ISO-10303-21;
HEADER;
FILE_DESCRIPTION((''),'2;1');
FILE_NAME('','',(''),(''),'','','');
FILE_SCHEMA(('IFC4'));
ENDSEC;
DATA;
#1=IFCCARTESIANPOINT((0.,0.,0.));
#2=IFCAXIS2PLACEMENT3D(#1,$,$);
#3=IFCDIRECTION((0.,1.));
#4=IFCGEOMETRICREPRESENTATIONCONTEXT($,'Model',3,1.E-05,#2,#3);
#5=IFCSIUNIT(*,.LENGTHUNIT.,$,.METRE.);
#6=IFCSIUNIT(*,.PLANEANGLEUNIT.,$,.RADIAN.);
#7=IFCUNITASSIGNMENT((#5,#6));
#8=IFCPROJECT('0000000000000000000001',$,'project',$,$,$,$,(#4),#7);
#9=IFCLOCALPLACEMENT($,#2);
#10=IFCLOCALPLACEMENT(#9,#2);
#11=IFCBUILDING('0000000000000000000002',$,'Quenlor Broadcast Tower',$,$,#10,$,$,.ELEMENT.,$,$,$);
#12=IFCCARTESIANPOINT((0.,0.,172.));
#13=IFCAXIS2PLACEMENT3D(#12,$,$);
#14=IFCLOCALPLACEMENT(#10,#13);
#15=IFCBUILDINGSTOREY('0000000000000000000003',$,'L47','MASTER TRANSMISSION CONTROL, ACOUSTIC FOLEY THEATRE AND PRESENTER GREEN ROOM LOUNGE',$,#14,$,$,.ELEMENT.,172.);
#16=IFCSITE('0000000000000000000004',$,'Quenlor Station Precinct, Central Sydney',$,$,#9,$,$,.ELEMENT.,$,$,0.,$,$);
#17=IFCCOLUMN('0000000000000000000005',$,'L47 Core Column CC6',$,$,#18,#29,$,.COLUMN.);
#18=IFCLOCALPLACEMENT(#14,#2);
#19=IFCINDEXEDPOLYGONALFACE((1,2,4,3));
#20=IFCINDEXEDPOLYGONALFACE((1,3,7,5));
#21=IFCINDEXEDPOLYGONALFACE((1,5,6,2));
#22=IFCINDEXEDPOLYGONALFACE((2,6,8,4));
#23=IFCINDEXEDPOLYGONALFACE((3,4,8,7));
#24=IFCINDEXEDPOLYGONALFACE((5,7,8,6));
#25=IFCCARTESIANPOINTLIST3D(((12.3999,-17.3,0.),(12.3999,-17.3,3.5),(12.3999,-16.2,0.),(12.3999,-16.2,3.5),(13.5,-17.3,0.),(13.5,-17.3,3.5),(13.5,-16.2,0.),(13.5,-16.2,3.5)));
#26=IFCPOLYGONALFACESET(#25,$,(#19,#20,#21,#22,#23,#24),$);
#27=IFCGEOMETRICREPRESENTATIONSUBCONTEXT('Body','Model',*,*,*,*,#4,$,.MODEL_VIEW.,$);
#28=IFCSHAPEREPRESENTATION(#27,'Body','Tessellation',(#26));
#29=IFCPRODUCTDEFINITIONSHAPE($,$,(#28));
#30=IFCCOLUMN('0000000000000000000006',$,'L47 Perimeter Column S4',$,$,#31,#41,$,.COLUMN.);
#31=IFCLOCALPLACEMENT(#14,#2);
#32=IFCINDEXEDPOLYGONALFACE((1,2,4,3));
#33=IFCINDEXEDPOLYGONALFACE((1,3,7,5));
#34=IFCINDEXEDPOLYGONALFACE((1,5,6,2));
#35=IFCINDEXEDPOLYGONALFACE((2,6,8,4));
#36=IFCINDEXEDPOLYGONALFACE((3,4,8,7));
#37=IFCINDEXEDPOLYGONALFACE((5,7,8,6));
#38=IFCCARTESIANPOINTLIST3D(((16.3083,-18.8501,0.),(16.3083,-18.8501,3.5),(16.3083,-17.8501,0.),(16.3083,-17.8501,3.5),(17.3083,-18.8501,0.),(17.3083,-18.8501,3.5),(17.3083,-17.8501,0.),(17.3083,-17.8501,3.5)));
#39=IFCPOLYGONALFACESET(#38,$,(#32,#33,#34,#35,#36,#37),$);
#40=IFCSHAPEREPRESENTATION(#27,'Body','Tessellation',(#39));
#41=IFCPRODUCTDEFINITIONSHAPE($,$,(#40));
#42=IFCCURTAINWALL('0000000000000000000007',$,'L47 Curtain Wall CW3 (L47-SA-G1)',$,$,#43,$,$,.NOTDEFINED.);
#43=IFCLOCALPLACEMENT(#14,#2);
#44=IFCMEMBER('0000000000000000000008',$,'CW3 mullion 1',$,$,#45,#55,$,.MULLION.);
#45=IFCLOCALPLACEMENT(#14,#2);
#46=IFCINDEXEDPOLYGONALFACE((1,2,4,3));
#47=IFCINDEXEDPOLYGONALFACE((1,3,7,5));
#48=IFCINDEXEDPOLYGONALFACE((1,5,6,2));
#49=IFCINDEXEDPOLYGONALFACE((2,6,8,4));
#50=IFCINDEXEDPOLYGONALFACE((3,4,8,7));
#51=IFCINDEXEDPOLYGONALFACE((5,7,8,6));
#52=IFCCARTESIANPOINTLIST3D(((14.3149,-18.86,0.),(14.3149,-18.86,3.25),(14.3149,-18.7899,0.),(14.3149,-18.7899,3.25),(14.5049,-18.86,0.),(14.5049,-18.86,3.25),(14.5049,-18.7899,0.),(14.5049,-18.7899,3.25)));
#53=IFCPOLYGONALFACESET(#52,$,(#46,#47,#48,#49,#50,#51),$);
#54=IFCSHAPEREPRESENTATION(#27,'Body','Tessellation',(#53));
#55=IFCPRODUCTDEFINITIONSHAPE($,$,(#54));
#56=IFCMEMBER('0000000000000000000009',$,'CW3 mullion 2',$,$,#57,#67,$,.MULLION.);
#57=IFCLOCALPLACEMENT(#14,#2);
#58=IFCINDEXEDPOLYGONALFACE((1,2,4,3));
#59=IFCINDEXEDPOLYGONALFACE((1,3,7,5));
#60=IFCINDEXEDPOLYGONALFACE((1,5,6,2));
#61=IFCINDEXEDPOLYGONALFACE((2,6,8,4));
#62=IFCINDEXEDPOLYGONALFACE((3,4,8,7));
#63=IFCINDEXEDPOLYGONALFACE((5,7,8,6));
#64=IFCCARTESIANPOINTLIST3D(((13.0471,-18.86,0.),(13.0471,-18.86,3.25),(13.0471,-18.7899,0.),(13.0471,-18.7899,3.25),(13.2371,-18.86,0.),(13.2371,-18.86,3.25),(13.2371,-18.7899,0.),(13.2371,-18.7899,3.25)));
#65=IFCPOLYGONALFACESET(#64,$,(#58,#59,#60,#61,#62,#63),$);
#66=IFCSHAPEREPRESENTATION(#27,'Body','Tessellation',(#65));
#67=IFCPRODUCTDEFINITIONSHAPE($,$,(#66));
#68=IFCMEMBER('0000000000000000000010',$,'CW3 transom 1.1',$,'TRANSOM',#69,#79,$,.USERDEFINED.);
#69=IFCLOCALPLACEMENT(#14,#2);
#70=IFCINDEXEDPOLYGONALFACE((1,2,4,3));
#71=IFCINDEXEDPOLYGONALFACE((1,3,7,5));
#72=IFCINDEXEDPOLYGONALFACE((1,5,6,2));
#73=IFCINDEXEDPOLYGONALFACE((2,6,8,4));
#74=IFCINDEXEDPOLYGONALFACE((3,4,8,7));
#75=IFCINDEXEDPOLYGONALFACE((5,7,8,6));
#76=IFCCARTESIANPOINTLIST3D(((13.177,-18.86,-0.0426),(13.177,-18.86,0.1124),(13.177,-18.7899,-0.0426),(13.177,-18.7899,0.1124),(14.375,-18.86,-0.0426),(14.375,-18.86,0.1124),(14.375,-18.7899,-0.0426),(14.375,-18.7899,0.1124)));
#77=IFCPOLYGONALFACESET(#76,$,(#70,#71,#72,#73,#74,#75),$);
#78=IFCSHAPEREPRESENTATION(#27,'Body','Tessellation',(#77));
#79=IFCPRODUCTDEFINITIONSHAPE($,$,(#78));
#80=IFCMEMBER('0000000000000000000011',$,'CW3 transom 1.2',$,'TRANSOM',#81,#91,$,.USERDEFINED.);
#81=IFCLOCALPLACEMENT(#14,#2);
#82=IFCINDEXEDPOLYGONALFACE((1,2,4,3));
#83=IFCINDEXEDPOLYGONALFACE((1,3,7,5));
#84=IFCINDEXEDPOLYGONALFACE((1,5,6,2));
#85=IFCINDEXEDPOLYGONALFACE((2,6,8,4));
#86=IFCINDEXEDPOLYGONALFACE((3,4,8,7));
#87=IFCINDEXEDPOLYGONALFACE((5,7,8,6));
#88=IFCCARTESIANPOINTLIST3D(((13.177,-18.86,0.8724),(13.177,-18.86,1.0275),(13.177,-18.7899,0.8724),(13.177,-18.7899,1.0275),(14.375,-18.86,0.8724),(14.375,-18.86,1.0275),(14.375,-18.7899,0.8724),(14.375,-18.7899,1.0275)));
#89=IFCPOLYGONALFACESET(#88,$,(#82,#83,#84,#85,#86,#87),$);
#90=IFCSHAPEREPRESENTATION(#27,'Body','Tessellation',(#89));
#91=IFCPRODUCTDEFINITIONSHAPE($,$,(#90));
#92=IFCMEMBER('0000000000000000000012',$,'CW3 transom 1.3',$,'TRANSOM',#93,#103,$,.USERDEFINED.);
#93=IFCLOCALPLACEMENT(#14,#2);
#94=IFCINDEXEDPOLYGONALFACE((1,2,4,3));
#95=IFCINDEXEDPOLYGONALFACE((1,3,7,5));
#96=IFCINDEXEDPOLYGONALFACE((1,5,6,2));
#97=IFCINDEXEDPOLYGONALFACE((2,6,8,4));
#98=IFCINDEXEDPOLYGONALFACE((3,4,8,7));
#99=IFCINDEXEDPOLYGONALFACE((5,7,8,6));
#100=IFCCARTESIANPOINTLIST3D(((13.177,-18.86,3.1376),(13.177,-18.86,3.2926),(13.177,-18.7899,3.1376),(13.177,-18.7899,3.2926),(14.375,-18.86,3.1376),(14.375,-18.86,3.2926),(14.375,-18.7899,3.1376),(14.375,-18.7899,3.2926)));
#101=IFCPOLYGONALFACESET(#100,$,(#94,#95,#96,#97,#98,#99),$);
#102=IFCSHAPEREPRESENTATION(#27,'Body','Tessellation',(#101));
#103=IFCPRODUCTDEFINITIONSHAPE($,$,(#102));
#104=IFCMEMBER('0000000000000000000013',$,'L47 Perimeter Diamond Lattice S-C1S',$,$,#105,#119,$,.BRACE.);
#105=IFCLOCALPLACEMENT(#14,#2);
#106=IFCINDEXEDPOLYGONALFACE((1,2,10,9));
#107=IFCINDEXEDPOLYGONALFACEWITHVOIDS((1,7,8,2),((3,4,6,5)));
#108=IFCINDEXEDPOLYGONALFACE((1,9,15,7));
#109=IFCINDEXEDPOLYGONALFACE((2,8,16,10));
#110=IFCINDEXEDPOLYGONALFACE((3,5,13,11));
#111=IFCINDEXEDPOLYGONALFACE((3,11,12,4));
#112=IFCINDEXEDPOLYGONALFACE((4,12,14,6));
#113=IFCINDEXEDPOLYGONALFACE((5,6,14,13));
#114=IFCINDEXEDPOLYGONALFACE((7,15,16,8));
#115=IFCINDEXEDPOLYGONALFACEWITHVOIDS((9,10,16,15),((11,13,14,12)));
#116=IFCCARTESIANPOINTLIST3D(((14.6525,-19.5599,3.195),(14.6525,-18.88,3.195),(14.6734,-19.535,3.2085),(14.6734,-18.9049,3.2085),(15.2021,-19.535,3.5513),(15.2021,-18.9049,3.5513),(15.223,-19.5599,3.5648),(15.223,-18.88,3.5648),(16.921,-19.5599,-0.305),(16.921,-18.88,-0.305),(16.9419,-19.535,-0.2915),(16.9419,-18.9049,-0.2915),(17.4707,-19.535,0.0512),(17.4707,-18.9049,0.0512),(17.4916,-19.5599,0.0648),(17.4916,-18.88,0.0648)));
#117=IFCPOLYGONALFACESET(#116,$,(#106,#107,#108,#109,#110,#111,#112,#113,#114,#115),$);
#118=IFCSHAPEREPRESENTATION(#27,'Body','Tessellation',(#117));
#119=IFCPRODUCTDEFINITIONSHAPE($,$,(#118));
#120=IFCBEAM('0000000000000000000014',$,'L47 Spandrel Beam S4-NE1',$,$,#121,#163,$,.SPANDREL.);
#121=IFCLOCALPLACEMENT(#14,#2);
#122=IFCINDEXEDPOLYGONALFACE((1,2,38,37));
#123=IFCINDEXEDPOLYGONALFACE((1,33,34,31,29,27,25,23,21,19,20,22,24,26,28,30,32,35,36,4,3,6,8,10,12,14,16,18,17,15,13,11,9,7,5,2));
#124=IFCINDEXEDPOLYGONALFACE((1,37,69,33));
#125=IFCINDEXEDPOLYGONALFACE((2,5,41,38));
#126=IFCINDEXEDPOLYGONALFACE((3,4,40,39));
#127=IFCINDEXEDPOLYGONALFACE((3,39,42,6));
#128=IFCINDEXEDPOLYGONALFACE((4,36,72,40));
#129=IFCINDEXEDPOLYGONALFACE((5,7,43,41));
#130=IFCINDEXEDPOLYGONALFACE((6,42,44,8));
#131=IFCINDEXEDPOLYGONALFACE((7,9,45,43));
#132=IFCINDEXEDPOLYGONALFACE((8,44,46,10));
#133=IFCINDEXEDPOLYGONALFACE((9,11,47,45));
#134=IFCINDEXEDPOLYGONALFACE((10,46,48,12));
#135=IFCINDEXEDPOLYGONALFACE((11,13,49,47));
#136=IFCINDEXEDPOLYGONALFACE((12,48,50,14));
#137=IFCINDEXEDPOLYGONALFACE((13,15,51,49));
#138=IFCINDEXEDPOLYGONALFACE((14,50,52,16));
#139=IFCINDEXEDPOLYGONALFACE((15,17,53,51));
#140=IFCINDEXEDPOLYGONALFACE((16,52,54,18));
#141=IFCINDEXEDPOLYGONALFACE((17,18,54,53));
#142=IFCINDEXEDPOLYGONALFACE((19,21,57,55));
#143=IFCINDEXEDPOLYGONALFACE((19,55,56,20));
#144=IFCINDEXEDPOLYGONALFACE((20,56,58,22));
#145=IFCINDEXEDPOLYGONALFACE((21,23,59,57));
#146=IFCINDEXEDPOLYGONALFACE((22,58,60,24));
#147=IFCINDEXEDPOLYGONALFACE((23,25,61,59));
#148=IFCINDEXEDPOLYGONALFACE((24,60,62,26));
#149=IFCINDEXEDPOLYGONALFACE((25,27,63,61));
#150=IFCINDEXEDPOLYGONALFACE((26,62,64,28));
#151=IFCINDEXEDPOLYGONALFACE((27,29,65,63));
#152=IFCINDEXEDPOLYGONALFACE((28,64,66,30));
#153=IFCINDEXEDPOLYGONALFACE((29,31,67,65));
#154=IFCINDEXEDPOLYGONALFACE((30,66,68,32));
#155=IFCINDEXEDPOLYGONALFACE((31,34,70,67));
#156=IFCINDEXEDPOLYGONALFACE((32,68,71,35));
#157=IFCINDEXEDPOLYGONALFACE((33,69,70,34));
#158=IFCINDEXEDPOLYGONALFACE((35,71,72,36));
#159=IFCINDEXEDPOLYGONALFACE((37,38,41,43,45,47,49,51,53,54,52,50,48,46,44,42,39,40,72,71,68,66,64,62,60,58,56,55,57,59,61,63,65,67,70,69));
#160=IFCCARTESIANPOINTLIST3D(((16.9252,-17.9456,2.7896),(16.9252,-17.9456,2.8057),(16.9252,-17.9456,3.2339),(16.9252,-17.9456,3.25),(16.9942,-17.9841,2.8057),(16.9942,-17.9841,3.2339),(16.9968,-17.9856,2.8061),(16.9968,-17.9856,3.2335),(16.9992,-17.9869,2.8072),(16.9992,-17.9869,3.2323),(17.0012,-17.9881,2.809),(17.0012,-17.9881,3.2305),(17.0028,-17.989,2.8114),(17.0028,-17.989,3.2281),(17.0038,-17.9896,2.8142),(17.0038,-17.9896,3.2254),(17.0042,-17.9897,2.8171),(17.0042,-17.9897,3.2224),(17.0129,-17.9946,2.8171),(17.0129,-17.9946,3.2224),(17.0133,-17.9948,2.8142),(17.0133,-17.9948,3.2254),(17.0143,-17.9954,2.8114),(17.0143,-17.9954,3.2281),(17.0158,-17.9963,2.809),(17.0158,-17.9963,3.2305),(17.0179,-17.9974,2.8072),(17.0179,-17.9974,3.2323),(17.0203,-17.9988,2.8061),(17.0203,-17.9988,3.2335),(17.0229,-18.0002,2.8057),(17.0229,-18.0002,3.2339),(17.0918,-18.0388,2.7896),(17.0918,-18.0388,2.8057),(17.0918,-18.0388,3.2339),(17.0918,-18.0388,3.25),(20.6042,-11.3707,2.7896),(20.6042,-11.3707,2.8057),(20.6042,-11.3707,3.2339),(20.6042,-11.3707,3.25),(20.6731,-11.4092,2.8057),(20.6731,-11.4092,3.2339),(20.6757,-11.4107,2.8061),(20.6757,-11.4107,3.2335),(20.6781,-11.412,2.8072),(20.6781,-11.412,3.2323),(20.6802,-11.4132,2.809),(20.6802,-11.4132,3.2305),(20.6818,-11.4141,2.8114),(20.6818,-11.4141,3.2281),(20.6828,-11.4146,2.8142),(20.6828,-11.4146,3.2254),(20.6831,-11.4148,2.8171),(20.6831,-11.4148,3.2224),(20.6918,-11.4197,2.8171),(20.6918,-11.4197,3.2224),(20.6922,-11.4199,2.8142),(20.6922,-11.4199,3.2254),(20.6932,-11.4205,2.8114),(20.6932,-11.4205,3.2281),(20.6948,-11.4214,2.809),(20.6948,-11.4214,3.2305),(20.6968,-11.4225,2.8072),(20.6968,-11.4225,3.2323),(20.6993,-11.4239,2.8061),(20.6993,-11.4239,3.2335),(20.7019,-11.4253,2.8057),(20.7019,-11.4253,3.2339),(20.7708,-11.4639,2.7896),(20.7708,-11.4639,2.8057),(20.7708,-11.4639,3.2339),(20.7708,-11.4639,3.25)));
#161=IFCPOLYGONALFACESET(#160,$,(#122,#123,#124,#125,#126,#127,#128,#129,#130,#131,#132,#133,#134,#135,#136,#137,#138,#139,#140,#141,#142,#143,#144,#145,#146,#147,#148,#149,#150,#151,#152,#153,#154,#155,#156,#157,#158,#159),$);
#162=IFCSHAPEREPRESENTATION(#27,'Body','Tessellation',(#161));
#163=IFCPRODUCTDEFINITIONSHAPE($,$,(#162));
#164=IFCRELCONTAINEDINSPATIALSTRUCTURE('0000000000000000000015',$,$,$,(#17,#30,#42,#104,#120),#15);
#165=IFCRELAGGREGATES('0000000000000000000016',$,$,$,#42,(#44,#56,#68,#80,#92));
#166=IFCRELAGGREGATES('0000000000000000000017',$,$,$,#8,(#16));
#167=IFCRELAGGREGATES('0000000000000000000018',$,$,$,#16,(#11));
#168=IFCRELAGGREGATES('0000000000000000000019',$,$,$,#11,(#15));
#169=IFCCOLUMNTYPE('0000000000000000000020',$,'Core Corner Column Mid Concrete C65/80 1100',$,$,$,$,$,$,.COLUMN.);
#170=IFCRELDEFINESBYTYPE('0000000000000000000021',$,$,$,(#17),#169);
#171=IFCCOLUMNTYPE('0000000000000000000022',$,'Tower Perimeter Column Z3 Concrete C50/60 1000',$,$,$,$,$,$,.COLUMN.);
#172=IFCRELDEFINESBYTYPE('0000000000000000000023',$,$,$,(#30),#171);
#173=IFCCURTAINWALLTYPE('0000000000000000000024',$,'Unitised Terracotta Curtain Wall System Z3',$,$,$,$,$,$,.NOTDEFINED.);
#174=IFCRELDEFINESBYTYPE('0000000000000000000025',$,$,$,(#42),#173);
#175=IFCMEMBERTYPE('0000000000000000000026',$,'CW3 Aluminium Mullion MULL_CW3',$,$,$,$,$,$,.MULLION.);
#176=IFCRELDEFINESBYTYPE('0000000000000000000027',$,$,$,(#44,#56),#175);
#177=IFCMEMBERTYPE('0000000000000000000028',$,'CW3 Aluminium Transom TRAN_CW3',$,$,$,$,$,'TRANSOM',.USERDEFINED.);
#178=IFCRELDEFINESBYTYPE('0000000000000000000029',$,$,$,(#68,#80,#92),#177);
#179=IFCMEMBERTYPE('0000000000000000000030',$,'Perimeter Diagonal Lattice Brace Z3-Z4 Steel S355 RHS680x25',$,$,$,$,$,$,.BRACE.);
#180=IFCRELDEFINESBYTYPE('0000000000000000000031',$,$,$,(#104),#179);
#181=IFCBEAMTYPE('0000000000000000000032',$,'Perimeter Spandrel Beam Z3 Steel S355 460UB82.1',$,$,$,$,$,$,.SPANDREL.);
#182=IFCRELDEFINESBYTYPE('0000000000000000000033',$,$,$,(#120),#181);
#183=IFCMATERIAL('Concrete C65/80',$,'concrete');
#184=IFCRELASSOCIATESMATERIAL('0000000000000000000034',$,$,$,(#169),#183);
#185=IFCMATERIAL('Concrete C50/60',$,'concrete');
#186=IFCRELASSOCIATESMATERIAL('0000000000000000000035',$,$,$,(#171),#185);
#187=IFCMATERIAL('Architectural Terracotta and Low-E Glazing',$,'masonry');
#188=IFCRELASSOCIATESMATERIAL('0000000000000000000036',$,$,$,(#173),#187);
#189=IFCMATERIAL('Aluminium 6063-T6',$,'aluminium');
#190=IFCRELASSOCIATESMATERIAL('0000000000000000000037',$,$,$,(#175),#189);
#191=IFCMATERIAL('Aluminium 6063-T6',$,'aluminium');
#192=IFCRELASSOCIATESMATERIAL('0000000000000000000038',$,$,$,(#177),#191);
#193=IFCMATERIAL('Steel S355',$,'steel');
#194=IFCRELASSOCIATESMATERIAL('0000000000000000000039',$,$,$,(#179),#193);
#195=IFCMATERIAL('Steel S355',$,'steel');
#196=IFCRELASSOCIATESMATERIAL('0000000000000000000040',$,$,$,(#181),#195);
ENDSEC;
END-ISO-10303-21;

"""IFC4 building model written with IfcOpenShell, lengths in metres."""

from ifc_helpers import new_model, si_unit, direction, frame, origin, origin_2d, place, context, subcontext, project, spatial, rectangle, hollow_rectangle, i_section, extrude, material, material_profile, profile_set, type_object, element, aggregate, save


model = new_model("IFC4")

# Units and contexts
model_context = context("Model", 3, precision=1e-05, world=origin(), true_north=direction((0.0, 1.0)))
body_context = subcontext(model_context, "Body", "Model", "MODEL_VIEW")
ifc_project = project(units=[si_unit("LENGTHUNIT", "METRE"), si_unit("PLANEANGLEUNIT", "RADIAN")], contexts=[model_context])

# Site, building, storey
site_placement = place(None, origin())
site = spatial("IfcSite", under=ifc_project, at=site_placement, Name="Quenlor Station Precinct, Central Sydney", CompositionType="ELEMENT", RefElevation=0.0)
building_placement = place(site_placement, origin())
building = spatial("IfcBuilding", under=site, at=building_placement, Name="Quenlor Broadcast Tower", CompositionType="ELEMENT")
storey_placement = place(building_placement, frame((0.0, 0.0, 172.0)))
storey = spatial("IfcBuildingStorey", under=building, at=storey_placement, Name="L47", Description="MASTER TRANSMISSION CONTROL, ACOUSTIC FOLEY THEATRE AND PRESENTER GREEN ROOM LOUNGE", CompositionType="ELEMENT", Elevation=172.0)

# Columns
ifc_material_1 = material(Name="Concrete C65/80", Category="concrete")
ifc_material_profile_1 = material_profile(ifc_material_1, rectangle(XDim=1.1001, YDim=1.1001, at=origin_2d()))
ifc_profile_set_1 = profile_set([ifc_material_profile_1], Name="Concrete C65/80 RC1100x1100")
column_type_1 = type_object("IfcColumnType", Name="Core Corner Column Mid Concrete C65/80 1100", PredefinedType="COLUMN", material=ifc_profile_set_1)
column_1_placement = place(storey_placement, frame((12.95, -16.75, 0.0), z_axis=(0.0, 0.0, 1.0), x_axis=(1.0, 0.0, 0.0)))
element("IfcColumn", 1, at=column_1_placement, inside=storey, type_object=column_type_1, Name="L47 Core Column CC6", PredefinedType="COLUMN", context=body_context, shape_type="SweptSolid", body=[
    extrude(rectangle(XDim=1.1001, YDim=1.1001, at=origin_2d()), origin(), (0.0, 0.0, 1.0), 3.5),
])
ifc_material_2 = material(Name="Concrete C50/60", Category="concrete")
ifc_material_profile_2 = material_profile(ifc_material_2, rectangle(XDim=1.0, YDim=1.0, at=origin_2d()))
ifc_profile_set_2 = profile_set([ifc_material_profile_2], Name="Concrete C50/60 RC1000x1000")
column_type_2 = type_object("IfcColumnType", Name="Tower Perimeter Column Z3 Concrete C50/60 1000", PredefinedType="COLUMN", material=ifc_profile_set_2)
column_2_placement = place(storey_placement, frame((16.8083, -18.3501, 0.0), z_axis=(0.0, 0.0, 1.0), x_axis=(0.0, 1.0, 0.0)))
element("IfcColumn", 2, at=column_2_placement, inside=storey, type_object=column_type_2, Name="L47 Perimeter Column S4", PredefinedType="COLUMN", context=body_context, shape_type="SweptSolid", body=[
    extrude(rectangle(XDim=1.0, YDim=1.0, at=origin_2d()), origin(), (0.0, 0.0, 1.0), 3.5),
])

# Curtain wall, members
ifc_material_3 = material(Name="Architectural Terracotta and Low-E Glazing", Category="masonry")
curtain_wall_type = type_object("IfcCurtainWallType", Name="Unitised Terracotta Curtain Wall System Z3", PredefinedType="NOTDEFINED", material=ifc_material_3)
curtain_wall_placement = place(storey_placement, origin())
curtain_wall = element("IfcCurtainWall", 3, at=curtain_wall_placement, inside=storey, type_object=curtain_wall_type, Name="L47 Curtain Wall CW3 (L47-SA-G1)", PredefinedType="NOTDEFINED")
ifc_material_4 = material(Name="Aluminium 6063-T6", Category="aluminium")
ifc_material_profile_3 = material_profile(ifc_material_4, rectangle(XDim=0.0701, YDim=0.1899, at=origin_2d()))
ifc_profile_set_3 = profile_set([ifc_material_profile_3], Name="Aluminium 6063-T6 MULL70x190")
member_type_1 = type_object("IfcMemberType", Name="CW3 Aluminium Mullion MULL_CW3", PredefinedType="MULLION", material=ifc_profile_set_3)
member_1_placement = place(storey_placement, frame((14.4099, -18.825, 0.0), z_axis=(0.0, 0.0, 1.0), x_axis=(0.0, -1.0, 0.0)))
member_1 = element("IfcMember", 4, at=member_1_placement, type_object=member_type_1, Name="CW3 mullion 1", PredefinedType="MULLION", context=body_context, shape_type="SweptSolid", body=[
    extrude(rectangle(XDim=0.0701, YDim=0.1899, at=origin_2d()), origin(), (0.0, 0.0, 1.0), 3.25),
])
member_2_placement = place(storey_placement, frame((13.1421, -18.825, 0.0), z_axis=(0.0, 0.0, 1.0), x_axis=(0.0, -1.0, 0.0)))
member_2 = element("IfcMember", 5, at=member_2_placement, type_object=member_type_1, Name="CW3 mullion 2", PredefinedType="MULLION", context=body_context, shape_type="SweptSolid", body=[
    extrude(rectangle(XDim=0.0701, YDim=0.1899, at=origin_2d()), origin(), (0.0, 0.0, 1.0), 3.25),
])
ifc_material_5 = material(Name="Aluminium 6063-T6", Category="aluminium")
ifc_material_profile_4 = material_profile(ifc_material_5, rectangle(XDim=0.0701, YDim=0.155, at=origin_2d()))
ifc_profile_set_4 = profile_set([ifc_material_profile_4], Name="Aluminium 6063-T6 TRAN70x155")
member_type_2 = type_object("IfcMemberType", Name="CW3 Aluminium Transom TRAN_CW3", ElementType="TRANSOM", PredefinedType="USERDEFINED", material=ifc_profile_set_4)
member_3_placement = place(storey_placement, frame((14.375, -18.825, 0.0349), z_axis=(-1.0, 0.0, 0.0), x_axis=(0.0, -1.0, 0.0)))
member_3 = element("IfcMember", 6, at=member_3_placement, type_object=member_type_2, Name="CW3 transom 1.1", ObjectType="TRANSOM", PredefinedType="USERDEFINED", context=body_context, shape_type="SweptSolid", body=[
    extrude(rectangle(XDim=0.0701, YDim=0.155, at=origin_2d()), origin(), (0.0, 0.0, 1.0), 1.198),
])
member_4_placement = place(storey_placement, frame((14.375, -18.825, 0.95), z_axis=(-1.0, 0.0, 0.0), x_axis=(0.0, -1.0, 0.0)))
member_4 = element("IfcMember", 7, at=member_4_placement, type_object=member_type_2, Name="CW3 transom 1.2", ObjectType="TRANSOM", PredefinedType="USERDEFINED", context=body_context, shape_type="SweptSolid", body=[
    extrude(rectangle(XDim=0.0701, YDim=0.155, at=origin_2d()), origin(), (0.0, 0.0, 1.0), 1.198),
])
member_5_placement = place(storey_placement, frame((14.375, -18.825, 3.2151), z_axis=(-1.0, 0.0, 0.0), x_axis=(0.0, -1.0, 0.0)))
member_5 = element("IfcMember", 8, at=member_5_placement, type_object=member_type_2, Name="CW3 transom 1.3", ObjectType="TRANSOM", PredefinedType="USERDEFINED", context=body_context, shape_type="SweptSolid", body=[
    extrude(rectangle(XDim=0.0701, YDim=0.155, at=origin_2d()), origin(), (0.0, 0.0, 1.0), 1.198),
])

# Member
ifc_material_6 = material(Name="Steel S355", Category="steel")
ifc_material_profile_5 = material_profile(ifc_material_6, hollow_rectangle(XDim=0.6799, YDim=0.6799, WallThickness=0.0249, at=origin_2d()))
ifc_profile_set_5 = profile_set([ifc_material_profile_5], Name="Steel S355 RHS680x680x25")
member_type_3 = type_object("IfcMemberType", Name="Perimeter Diagonal Lattice Brace Z3-Z4 Steel S355 RHS680x25", PredefinedType="BRACE", material=ifc_profile_set_5)
member_6_placement = place(storey_placement, frame((17.2063, -19.22, -0.1201), z_axis=(-0.543902, 0.0, 0.839149), x_axis=(0.0, -1.0, 0.0)))
element("IfcMember", 9, at=member_6_placement, inside=storey, type_object=member_type_3, Name="L47 Perimeter Diamond Lattice S-C1S", PredefinedType="BRACE", context=body_context, shape_type="SweptSolid", body=[
    extrude(hollow_rectangle(XDim=0.6799, YDim=0.6799, WallThickness=0.0249, at=origin_2d()), origin(), (0.0, 0.0, 1.0), 4.1709),
])

# Beam
ifc_material_7 = material(Name="Steel S355", Category="steel")
ifc_material_profile_6 = material_profile(ifc_material_7, i_section(OverallWidth=0.1909, OverallDepth=0.4604, WebThickness=0.01, FlangeThickness=0.0161, FilletRadius=0.0115, at=origin_2d()))
ifc_profile_set_6 = profile_set([ifc_material_profile_6], Name="Steel S355 460UB82.1")
beam_type_1 = type_object("IfcBeamType", Name="Perimeter Spandrel Beam Z3 Steel S355 460UB82.1", PredefinedType="SPANDREL", material=ifc_profile_set_6)
beam_1_placement = place(storey_placement, frame((17.0085, -17.9922, 3.0198), z_axis=(0.488298, 0.872677, 0.0), x_axis=(-0.872677, 0.488298, 0.0)))
element("IfcBeam", 10, at=beam_1_placement, inside=storey, type_object=beam_type_1, Name="L47 Spandrel Beam S4-NE1", PredefinedType="SPANDREL", context=body_context, shape_type="SweptSolid", body=[
    extrude(i_section(OverallWidth=0.1909, OverallDepth=0.4604, WebThickness=0.01, FlangeThickness=0.0161, FilletRadius=0.0115, at=origin_2d()), origin(), (0.0, 0.0, 1.0), 7.5342),
])

aggregate(curtain_wall, [member_1, member_2, member_3, member_4, member_5])

save(model, "model.ifc")
